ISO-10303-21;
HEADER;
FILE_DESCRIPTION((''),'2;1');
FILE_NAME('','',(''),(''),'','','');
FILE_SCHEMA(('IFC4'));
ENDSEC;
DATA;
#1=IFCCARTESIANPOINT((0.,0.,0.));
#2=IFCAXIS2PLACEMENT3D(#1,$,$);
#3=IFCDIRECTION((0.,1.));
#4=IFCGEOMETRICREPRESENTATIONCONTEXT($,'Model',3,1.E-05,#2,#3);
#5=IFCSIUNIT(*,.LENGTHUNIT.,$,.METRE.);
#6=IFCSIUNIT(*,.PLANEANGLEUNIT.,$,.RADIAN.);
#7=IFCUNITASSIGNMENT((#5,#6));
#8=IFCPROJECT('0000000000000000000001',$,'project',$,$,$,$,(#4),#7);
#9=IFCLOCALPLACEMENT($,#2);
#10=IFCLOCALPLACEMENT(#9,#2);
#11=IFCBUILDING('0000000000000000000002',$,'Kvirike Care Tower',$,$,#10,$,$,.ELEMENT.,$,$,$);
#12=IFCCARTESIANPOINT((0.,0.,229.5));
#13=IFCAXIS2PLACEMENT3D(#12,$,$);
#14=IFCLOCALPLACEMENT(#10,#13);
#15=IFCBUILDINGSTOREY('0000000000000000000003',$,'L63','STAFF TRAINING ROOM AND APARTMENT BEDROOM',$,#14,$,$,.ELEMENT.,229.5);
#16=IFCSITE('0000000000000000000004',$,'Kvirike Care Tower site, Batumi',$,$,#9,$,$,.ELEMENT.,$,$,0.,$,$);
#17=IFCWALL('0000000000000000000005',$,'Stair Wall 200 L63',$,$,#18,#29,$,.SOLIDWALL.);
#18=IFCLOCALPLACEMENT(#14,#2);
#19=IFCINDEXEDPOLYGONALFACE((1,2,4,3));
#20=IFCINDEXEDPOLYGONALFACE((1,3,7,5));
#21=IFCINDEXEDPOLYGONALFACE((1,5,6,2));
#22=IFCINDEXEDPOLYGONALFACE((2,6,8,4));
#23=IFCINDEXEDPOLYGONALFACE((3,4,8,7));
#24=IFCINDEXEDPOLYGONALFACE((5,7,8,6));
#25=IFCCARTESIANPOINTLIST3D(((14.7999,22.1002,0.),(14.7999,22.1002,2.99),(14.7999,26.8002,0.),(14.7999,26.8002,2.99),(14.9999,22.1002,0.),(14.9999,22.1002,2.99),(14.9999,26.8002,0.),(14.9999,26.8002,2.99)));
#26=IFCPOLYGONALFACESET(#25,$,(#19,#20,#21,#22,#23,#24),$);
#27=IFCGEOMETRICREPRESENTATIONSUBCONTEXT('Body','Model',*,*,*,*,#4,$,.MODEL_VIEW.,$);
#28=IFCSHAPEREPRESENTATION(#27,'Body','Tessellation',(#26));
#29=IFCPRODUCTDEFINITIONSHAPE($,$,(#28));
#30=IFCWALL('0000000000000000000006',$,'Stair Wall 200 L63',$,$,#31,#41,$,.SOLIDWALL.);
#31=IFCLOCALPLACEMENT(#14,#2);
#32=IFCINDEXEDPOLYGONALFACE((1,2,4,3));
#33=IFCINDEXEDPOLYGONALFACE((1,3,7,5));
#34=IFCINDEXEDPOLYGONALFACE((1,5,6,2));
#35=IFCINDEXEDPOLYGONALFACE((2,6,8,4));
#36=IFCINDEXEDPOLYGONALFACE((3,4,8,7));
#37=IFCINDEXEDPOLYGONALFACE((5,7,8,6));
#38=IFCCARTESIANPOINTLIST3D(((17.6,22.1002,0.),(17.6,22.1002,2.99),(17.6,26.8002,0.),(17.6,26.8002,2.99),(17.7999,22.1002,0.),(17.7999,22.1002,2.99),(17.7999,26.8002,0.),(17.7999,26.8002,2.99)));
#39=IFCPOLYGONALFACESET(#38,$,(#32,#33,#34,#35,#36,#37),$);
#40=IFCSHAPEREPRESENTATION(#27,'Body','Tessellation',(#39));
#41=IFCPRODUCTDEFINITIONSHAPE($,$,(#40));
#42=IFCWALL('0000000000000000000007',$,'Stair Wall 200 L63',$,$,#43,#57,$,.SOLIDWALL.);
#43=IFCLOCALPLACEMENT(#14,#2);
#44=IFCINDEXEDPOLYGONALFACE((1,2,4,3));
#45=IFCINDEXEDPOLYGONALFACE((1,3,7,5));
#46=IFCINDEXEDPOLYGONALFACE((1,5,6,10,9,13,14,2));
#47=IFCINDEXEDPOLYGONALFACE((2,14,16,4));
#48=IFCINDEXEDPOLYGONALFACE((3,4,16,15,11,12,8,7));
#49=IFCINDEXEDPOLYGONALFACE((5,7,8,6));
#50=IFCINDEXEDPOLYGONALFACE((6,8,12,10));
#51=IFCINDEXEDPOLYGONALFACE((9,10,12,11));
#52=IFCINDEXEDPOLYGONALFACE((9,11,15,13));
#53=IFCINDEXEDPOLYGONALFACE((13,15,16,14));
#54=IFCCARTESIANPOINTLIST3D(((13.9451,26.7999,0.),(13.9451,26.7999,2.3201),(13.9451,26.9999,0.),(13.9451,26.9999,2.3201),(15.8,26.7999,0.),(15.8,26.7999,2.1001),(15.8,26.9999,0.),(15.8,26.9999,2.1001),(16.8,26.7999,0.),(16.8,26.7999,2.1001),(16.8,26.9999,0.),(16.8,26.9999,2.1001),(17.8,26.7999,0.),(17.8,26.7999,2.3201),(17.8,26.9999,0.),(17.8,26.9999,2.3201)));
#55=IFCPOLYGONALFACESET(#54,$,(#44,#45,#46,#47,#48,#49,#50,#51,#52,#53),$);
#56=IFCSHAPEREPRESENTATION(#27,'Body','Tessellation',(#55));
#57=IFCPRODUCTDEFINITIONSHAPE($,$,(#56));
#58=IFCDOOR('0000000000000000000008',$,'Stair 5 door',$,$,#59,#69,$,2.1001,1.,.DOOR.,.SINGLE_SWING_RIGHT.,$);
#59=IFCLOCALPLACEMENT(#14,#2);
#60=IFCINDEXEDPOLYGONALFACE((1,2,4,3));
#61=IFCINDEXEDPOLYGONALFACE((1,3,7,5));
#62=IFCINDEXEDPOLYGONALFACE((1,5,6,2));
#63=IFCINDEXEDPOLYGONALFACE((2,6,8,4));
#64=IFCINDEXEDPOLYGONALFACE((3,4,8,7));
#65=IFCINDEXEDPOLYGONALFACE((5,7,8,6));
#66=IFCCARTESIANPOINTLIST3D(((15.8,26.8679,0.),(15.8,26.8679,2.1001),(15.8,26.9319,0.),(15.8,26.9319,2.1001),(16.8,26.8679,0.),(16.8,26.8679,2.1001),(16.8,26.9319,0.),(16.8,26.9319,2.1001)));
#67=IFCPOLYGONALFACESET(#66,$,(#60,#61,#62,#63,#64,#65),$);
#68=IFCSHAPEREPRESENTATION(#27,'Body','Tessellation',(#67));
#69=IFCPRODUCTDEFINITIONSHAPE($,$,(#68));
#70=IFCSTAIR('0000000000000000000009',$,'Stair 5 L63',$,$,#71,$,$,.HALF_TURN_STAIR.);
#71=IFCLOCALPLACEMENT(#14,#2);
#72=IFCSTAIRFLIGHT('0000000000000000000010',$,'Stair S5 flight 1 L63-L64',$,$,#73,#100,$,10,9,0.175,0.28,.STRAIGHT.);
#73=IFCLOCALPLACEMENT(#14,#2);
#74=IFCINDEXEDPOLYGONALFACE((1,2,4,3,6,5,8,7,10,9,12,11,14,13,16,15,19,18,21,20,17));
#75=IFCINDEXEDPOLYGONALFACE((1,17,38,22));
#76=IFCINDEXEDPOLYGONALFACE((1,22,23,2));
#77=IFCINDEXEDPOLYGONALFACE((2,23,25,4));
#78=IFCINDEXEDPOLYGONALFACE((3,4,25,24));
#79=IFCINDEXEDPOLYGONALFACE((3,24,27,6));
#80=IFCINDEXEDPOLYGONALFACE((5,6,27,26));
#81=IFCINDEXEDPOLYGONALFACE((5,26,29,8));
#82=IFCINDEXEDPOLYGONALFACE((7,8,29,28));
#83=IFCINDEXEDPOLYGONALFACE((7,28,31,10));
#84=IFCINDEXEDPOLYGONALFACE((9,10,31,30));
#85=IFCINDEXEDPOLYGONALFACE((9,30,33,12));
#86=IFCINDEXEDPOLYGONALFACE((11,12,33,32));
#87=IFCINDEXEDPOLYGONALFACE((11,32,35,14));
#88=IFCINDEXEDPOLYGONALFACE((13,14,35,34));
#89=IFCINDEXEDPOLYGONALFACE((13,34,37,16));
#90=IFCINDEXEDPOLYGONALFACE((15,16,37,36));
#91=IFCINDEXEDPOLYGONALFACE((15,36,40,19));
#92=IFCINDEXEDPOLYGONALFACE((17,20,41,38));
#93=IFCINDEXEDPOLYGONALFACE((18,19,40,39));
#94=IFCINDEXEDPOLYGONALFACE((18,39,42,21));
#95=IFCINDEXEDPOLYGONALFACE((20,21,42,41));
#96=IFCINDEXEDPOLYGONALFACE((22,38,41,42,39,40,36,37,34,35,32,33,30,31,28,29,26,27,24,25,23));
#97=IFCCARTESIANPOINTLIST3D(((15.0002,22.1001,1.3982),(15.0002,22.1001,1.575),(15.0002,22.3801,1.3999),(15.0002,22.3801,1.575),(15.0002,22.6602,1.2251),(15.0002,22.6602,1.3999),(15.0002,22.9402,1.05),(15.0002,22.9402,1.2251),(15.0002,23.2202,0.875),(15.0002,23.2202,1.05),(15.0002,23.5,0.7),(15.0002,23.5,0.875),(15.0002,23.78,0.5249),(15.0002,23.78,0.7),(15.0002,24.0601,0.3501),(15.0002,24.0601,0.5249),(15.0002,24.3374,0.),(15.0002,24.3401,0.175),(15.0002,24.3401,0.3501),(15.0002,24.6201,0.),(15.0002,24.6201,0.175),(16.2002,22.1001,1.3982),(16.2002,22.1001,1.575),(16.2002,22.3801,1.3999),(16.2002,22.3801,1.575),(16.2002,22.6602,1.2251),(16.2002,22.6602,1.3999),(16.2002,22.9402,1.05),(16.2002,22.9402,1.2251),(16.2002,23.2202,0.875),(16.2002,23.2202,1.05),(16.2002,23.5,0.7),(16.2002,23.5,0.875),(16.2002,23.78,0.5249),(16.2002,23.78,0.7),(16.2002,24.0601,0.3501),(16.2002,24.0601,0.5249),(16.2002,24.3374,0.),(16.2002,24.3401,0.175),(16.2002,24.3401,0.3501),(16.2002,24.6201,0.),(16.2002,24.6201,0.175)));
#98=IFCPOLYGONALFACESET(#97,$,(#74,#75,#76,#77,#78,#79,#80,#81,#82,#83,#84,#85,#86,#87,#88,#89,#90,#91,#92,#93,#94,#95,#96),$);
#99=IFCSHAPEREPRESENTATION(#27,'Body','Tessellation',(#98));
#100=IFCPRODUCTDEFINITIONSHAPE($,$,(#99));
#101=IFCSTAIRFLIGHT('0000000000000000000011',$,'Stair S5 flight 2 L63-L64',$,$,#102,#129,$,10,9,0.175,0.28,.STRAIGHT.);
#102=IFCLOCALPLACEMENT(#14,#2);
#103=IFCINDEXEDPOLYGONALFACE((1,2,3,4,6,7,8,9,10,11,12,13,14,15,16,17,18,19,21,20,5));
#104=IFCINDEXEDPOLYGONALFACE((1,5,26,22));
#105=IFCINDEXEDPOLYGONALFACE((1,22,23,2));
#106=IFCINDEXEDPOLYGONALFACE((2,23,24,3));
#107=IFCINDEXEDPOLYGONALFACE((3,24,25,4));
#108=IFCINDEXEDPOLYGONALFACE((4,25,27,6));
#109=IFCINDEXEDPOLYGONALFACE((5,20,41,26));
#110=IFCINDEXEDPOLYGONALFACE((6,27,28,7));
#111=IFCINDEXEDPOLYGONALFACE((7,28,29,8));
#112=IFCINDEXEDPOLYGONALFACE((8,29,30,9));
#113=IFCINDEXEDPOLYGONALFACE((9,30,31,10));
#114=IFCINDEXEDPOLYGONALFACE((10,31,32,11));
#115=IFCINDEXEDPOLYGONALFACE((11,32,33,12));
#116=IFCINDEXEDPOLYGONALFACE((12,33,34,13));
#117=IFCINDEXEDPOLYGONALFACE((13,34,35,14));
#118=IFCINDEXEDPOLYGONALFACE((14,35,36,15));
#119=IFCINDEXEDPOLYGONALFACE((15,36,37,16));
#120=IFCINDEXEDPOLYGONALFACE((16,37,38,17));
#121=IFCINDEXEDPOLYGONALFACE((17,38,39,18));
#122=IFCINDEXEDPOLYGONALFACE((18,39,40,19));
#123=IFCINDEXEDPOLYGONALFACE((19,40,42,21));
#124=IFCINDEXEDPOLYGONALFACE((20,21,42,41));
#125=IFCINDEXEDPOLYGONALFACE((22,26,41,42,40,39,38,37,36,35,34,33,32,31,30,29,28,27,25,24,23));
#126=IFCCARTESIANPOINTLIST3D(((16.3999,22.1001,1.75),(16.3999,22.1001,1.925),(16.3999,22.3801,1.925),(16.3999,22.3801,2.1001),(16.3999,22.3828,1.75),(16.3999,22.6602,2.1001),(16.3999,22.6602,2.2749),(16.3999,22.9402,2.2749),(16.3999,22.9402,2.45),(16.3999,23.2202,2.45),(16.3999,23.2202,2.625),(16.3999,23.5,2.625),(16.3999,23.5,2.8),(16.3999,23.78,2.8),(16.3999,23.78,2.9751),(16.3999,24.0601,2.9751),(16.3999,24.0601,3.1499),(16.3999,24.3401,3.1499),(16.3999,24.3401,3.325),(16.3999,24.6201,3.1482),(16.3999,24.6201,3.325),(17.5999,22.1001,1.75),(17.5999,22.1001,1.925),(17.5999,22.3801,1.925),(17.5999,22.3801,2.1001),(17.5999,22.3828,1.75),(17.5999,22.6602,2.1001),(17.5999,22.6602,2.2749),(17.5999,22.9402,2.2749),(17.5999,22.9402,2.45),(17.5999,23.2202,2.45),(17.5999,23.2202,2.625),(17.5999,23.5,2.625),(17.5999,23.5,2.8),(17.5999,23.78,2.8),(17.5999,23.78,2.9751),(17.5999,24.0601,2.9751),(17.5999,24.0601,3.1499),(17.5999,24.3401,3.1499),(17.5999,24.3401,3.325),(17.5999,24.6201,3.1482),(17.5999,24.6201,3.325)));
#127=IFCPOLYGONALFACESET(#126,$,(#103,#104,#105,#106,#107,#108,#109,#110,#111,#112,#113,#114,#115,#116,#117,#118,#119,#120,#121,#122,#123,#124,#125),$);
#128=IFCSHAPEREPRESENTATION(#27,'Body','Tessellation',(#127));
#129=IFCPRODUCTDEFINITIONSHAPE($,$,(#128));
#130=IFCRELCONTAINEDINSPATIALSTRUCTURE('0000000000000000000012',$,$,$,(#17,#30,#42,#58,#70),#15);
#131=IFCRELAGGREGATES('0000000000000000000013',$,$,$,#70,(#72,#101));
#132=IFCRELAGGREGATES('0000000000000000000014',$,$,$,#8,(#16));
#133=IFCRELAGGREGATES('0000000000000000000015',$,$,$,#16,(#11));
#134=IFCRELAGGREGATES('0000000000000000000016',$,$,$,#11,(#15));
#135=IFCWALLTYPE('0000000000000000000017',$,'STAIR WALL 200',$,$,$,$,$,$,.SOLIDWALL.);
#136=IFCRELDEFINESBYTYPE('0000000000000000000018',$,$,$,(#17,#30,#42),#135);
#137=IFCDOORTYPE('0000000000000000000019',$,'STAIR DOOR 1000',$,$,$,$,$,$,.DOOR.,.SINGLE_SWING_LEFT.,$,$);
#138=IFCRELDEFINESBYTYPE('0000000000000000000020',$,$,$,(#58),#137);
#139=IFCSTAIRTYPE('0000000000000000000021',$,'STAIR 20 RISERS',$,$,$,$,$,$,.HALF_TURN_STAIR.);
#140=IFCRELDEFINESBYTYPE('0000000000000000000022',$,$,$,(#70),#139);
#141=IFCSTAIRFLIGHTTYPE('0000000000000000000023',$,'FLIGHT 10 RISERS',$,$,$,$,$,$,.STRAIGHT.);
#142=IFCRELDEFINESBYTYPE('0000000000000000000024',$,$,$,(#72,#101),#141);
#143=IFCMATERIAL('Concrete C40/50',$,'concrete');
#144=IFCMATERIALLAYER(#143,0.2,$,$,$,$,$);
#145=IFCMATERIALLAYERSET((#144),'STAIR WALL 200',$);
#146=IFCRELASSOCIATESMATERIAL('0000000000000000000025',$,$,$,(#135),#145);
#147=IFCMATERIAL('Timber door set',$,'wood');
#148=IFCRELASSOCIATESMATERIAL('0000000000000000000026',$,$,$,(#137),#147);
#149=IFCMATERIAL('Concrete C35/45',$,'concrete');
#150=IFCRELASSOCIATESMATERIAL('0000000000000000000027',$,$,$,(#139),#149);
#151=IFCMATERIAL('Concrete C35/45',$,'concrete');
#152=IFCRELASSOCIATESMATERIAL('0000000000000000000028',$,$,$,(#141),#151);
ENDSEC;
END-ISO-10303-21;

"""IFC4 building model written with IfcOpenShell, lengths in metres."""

from ifc_helpers import new_model, si_unit, direction, frame, frame_2d, origin, place, context, subcontext, project, spatial, polyline, rectangle, outline, extrude, material, layer, layer_set, type_object, element, fill, aggregate, save


model = new_model("IFC4")

# Units and contexts
model_context = context("Model", 3, precision=1e-05, world=origin(), true_north=direction((0.0, 1.0)))
body_context = subcontext(model_context, "Body", "Model", "MODEL_VIEW")
ifc_project = project(units=[si_unit("LENGTHUNIT", "METRE"), si_unit("PLANEANGLEUNIT", "RADIAN")], contexts=[model_context])

# Site, building, storey
site_placement = place(None, origin())
site = spatial("IfcSite", under=ifc_project, at=site_placement, Name="Kvirike Care Tower site, Batumi", CompositionType="ELEMENT", RefElevation=0.0)
building_placement = place(site_placement, origin())
building = spatial("IfcBuilding", under=site, at=building_placement, Name="Kvirike Care Tower", CompositionType="ELEMENT")
storey_placement = place(building_placement, frame((0.0, 0.0, 229.5)))
storey = spatial("IfcBuildingStorey", under=building, at=storey_placement, Name="L63", Description="STAFF TRAINING ROOM AND APARTMENT BEDROOM", CompositionType="ELEMENT", Elevation=229.5)

# Walls
ifc_material_1 = material(Name="Concrete C40/50", Category="concrete")
ifc_layer_1 = layer(ifc_material_1, 0.2)
ifc_layer_set_1 = layer_set([ifc_layer_1], Name="STAIR WALL 200")
wall_type_1 = type_object("IfcWallType", Name="STAIR WALL 200", PredefinedType="SOLIDWALL", material=ifc_layer_set_1)
for number, where, z_axis, x_axis, name in (
    (1, (14.8999, 22.1001, 0.0), (0.0, 0.0, 1.0), (0.0, 1.0, 0.0), "Stair Wall 200 L63"),
    (2, (17.7, 22.1001, 0.0), (0.0, 0.0, 1.0), (0.0, 1.0, 0.0), "Stair Wall 200 L63"),
):
    element("IfcWall", number, at=place(storey_placement, frame(where, z_axis=z_axis, x_axis=x_axis)), inside=storey, type_object=wall_type_1, Name=name, PredefinedType="SOLIDWALL", context=body_context, shape_type="SweptSolid", body=[
        extrude(rectangle(XDim=4.7, YDim=0.2, at=frame_2d((2.3501, 0.0))), origin(), (0.0, 0.0, 1.0), 2.99),
    ])

# Wall, opening, door
wall_1_placement = place(storey_placement, frame((13.9451, 26.8999, 0.0), z_axis=(0.0, 0.0, 1.0), x_axis=(1.0, 0.0, 0.0)))
wall_1 = element("IfcWall", 3, at=wall_1_placement, inside=storey, type_object=wall_type_1, Name="Stair Wall 200 L63", PredefinedType="SOLIDWALL", context=body_context, shape_type="SweptSolid", body=[
    extrude(rectangle(XDim=3.855, YDim=0.2, at=frame_2d((1.9275, 0.0))), origin(), (0.0, 0.0, 1.0), 2.3201),
])
opening_1_placement = place(wall_1_placement, frame((1.855, 0.0, 0.0)))
opening_1 = element("IfcOpeningElement", 4, at=opening_1_placement, cuts=wall_1, PredefinedType="OPENING", context=body_context, shape_type="SweptSolid", body=[
    extrude(rectangle(XDim=1.0, YDim=2.1001, at=frame_2d((0.5, 1.05))), frame((0.0, 0.1106, 0.0), z_axis=(0.0, -1.0, 0.0), x_axis=(1.0, 0.0, 0.0)), (0.0, 0.0, 1.0), 0.2209),
])
ifc_material_2 = material(Name="Timber door set", Category="wood")
door_type_1 = type_object("IfcDoorType", Name="STAIR DOOR 1000", OperationType="SINGLE_SWING_LEFT", PredefinedType="DOOR", material=ifc_material_2)
door_1_placement = place(opening_1_placement, frame((1.0, 0.0, 0.0), z_axis=(0.0, 0.0, 1.0), x_axis=(-1.0, 0.0, 0.0)))
door_1 = element("IfcDoor", 5, at=door_1_placement, inside=storey, type_object=door_type_1, Name="Stair 5 door", OperationType="SINGLE_SWING_RIGHT", OverallHeight=2.1001, OverallWidth=1.0, PredefinedType="DOOR", context=body_context, shape_type="SweptSolid", body=[
    extrude(rectangle(XDim=1.0, YDim=2.1001, at=frame_2d((0.5, 1.05))), frame((0.0, 0.032, 0.0), z_axis=(0.0, -1.0, 0.0), x_axis=(1.0, 0.0, 0.0)), (0.0, 0.0, 1.0), 0.064),
])
fill(opening_1, door_1)

# Stair, stair flights
ifc_material_3 = material(Name="Concrete C35/45", Category="concrete")
stair_type = type_object("IfcStairType", Name="STAIR 20 RISERS", PredefinedType="HALF_TURN_STAIR", material=ifc_material_3)
stair_placement = place(storey_placement, origin())
stair = element("IfcStair", 6, at=stair_placement, inside=storey, type_object=stair_type, Name="Stair 5 L63", PredefinedType="HALF_TURN_STAIR")
ifc_material_4 = material(Name="Concrete C35/45", Category="concrete")
stair_flight_type = type_object("IfcStairFlightType", Name="FLIGHT 10 RISERS", PredefinedType="STRAIGHT", material=ifc_material_4)
stair_flight_1_placement = place(storey_placement, frame((15.6001, 24.6201, 0.0), z_axis=(0.0, 0.0, 1.0), x_axis=(0.0, -1.0, 0.0)))
stair_flight_1 = element("IfcStairFlight", 7, at=stair_flight_1_placement, type_object=stair_flight_type, Name="Stair S5 flight 1 L63-L64", NumberOfRisers=10, NumberOfTreads=9, PredefinedType="STRAIGHT", RiserHeight=0.175, TreadLength=0.28, context=body_context, shape_type="SweptSolid", body=[
    extrude(outline(polyline([(0.0, 0.0), (0.0, 0.175), (0.28, 0.175), (0.28, 0.3501), (0.5601, 0.3501), (0.5601, 0.5249), (0.8401, 0.5249), (0.8401, 0.7), (1.1201, 0.7), (1.1201, 0.875), (1.3999, 0.875), (1.3999, 1.05), (1.6799, 1.05), (1.6799, 1.2251), (1.96, 1.2251), (1.96, 1.3999), (2.24, 1.3999), (2.24, 1.575), (2.52, 1.575), (2.52, 1.75), (2.52, 1.3982), (0.2827, 0.0), (0.0, 0.0)])), frame((0.0, 0.6001, 0.0), z_axis=(0.0, -1.0, 0.0), x_axis=(1.0, 0.0, 0.0)), (0.0, 0.0, 1.0), 1.2),
])
stair_flight_2_placement = place(storey_placement, frame((17.0, 22.1001, 1.75), z_axis=(0.0, 0.0, 1.0), x_axis=(0.0, 1.0, 0.0)))
stair_flight_2 = element("IfcStairFlight", 8, at=stair_flight_2_placement, type_object=stair_flight_type, Name="Stair S5 flight 2 L63-L64", NumberOfRisers=10, NumberOfTreads=9, PredefinedType="STRAIGHT", RiserHeight=0.175, TreadLength=0.28, context=body_context, shape_type="SweptSolid", body=[
    extrude(outline(polyline([(0.0, 0.0), (0.0, 0.175), (0.28, 0.175), (0.28, 0.3501), (0.5601, 0.3501), (0.5601, 0.5249), (0.8401, 0.5249), (0.8401, 0.7), (1.1201, 0.7), (1.1201, 0.875), (1.3999, 0.875), (1.3999, 1.05), (1.6799, 1.05), (1.6799, 1.2251), (1.96, 1.2251), (1.96, 1.3999), (2.24, 1.3999), (2.24, 1.575), (2.52, 1.575), (2.52, 1.75), (2.52, 1.3982), (0.2827, 0.0), (0.0, 0.0)])), frame((0.0, 0.6001, 0.0), z_axis=(0.0, -1.0, 0.0), x_axis=(1.0, 0.0, 0.0)), (0.0, 0.0, 1.0), 1.2),
])
aggregate(stair, [stair_flight_1, stair_flight_2])

save(model, "model.ifc")
